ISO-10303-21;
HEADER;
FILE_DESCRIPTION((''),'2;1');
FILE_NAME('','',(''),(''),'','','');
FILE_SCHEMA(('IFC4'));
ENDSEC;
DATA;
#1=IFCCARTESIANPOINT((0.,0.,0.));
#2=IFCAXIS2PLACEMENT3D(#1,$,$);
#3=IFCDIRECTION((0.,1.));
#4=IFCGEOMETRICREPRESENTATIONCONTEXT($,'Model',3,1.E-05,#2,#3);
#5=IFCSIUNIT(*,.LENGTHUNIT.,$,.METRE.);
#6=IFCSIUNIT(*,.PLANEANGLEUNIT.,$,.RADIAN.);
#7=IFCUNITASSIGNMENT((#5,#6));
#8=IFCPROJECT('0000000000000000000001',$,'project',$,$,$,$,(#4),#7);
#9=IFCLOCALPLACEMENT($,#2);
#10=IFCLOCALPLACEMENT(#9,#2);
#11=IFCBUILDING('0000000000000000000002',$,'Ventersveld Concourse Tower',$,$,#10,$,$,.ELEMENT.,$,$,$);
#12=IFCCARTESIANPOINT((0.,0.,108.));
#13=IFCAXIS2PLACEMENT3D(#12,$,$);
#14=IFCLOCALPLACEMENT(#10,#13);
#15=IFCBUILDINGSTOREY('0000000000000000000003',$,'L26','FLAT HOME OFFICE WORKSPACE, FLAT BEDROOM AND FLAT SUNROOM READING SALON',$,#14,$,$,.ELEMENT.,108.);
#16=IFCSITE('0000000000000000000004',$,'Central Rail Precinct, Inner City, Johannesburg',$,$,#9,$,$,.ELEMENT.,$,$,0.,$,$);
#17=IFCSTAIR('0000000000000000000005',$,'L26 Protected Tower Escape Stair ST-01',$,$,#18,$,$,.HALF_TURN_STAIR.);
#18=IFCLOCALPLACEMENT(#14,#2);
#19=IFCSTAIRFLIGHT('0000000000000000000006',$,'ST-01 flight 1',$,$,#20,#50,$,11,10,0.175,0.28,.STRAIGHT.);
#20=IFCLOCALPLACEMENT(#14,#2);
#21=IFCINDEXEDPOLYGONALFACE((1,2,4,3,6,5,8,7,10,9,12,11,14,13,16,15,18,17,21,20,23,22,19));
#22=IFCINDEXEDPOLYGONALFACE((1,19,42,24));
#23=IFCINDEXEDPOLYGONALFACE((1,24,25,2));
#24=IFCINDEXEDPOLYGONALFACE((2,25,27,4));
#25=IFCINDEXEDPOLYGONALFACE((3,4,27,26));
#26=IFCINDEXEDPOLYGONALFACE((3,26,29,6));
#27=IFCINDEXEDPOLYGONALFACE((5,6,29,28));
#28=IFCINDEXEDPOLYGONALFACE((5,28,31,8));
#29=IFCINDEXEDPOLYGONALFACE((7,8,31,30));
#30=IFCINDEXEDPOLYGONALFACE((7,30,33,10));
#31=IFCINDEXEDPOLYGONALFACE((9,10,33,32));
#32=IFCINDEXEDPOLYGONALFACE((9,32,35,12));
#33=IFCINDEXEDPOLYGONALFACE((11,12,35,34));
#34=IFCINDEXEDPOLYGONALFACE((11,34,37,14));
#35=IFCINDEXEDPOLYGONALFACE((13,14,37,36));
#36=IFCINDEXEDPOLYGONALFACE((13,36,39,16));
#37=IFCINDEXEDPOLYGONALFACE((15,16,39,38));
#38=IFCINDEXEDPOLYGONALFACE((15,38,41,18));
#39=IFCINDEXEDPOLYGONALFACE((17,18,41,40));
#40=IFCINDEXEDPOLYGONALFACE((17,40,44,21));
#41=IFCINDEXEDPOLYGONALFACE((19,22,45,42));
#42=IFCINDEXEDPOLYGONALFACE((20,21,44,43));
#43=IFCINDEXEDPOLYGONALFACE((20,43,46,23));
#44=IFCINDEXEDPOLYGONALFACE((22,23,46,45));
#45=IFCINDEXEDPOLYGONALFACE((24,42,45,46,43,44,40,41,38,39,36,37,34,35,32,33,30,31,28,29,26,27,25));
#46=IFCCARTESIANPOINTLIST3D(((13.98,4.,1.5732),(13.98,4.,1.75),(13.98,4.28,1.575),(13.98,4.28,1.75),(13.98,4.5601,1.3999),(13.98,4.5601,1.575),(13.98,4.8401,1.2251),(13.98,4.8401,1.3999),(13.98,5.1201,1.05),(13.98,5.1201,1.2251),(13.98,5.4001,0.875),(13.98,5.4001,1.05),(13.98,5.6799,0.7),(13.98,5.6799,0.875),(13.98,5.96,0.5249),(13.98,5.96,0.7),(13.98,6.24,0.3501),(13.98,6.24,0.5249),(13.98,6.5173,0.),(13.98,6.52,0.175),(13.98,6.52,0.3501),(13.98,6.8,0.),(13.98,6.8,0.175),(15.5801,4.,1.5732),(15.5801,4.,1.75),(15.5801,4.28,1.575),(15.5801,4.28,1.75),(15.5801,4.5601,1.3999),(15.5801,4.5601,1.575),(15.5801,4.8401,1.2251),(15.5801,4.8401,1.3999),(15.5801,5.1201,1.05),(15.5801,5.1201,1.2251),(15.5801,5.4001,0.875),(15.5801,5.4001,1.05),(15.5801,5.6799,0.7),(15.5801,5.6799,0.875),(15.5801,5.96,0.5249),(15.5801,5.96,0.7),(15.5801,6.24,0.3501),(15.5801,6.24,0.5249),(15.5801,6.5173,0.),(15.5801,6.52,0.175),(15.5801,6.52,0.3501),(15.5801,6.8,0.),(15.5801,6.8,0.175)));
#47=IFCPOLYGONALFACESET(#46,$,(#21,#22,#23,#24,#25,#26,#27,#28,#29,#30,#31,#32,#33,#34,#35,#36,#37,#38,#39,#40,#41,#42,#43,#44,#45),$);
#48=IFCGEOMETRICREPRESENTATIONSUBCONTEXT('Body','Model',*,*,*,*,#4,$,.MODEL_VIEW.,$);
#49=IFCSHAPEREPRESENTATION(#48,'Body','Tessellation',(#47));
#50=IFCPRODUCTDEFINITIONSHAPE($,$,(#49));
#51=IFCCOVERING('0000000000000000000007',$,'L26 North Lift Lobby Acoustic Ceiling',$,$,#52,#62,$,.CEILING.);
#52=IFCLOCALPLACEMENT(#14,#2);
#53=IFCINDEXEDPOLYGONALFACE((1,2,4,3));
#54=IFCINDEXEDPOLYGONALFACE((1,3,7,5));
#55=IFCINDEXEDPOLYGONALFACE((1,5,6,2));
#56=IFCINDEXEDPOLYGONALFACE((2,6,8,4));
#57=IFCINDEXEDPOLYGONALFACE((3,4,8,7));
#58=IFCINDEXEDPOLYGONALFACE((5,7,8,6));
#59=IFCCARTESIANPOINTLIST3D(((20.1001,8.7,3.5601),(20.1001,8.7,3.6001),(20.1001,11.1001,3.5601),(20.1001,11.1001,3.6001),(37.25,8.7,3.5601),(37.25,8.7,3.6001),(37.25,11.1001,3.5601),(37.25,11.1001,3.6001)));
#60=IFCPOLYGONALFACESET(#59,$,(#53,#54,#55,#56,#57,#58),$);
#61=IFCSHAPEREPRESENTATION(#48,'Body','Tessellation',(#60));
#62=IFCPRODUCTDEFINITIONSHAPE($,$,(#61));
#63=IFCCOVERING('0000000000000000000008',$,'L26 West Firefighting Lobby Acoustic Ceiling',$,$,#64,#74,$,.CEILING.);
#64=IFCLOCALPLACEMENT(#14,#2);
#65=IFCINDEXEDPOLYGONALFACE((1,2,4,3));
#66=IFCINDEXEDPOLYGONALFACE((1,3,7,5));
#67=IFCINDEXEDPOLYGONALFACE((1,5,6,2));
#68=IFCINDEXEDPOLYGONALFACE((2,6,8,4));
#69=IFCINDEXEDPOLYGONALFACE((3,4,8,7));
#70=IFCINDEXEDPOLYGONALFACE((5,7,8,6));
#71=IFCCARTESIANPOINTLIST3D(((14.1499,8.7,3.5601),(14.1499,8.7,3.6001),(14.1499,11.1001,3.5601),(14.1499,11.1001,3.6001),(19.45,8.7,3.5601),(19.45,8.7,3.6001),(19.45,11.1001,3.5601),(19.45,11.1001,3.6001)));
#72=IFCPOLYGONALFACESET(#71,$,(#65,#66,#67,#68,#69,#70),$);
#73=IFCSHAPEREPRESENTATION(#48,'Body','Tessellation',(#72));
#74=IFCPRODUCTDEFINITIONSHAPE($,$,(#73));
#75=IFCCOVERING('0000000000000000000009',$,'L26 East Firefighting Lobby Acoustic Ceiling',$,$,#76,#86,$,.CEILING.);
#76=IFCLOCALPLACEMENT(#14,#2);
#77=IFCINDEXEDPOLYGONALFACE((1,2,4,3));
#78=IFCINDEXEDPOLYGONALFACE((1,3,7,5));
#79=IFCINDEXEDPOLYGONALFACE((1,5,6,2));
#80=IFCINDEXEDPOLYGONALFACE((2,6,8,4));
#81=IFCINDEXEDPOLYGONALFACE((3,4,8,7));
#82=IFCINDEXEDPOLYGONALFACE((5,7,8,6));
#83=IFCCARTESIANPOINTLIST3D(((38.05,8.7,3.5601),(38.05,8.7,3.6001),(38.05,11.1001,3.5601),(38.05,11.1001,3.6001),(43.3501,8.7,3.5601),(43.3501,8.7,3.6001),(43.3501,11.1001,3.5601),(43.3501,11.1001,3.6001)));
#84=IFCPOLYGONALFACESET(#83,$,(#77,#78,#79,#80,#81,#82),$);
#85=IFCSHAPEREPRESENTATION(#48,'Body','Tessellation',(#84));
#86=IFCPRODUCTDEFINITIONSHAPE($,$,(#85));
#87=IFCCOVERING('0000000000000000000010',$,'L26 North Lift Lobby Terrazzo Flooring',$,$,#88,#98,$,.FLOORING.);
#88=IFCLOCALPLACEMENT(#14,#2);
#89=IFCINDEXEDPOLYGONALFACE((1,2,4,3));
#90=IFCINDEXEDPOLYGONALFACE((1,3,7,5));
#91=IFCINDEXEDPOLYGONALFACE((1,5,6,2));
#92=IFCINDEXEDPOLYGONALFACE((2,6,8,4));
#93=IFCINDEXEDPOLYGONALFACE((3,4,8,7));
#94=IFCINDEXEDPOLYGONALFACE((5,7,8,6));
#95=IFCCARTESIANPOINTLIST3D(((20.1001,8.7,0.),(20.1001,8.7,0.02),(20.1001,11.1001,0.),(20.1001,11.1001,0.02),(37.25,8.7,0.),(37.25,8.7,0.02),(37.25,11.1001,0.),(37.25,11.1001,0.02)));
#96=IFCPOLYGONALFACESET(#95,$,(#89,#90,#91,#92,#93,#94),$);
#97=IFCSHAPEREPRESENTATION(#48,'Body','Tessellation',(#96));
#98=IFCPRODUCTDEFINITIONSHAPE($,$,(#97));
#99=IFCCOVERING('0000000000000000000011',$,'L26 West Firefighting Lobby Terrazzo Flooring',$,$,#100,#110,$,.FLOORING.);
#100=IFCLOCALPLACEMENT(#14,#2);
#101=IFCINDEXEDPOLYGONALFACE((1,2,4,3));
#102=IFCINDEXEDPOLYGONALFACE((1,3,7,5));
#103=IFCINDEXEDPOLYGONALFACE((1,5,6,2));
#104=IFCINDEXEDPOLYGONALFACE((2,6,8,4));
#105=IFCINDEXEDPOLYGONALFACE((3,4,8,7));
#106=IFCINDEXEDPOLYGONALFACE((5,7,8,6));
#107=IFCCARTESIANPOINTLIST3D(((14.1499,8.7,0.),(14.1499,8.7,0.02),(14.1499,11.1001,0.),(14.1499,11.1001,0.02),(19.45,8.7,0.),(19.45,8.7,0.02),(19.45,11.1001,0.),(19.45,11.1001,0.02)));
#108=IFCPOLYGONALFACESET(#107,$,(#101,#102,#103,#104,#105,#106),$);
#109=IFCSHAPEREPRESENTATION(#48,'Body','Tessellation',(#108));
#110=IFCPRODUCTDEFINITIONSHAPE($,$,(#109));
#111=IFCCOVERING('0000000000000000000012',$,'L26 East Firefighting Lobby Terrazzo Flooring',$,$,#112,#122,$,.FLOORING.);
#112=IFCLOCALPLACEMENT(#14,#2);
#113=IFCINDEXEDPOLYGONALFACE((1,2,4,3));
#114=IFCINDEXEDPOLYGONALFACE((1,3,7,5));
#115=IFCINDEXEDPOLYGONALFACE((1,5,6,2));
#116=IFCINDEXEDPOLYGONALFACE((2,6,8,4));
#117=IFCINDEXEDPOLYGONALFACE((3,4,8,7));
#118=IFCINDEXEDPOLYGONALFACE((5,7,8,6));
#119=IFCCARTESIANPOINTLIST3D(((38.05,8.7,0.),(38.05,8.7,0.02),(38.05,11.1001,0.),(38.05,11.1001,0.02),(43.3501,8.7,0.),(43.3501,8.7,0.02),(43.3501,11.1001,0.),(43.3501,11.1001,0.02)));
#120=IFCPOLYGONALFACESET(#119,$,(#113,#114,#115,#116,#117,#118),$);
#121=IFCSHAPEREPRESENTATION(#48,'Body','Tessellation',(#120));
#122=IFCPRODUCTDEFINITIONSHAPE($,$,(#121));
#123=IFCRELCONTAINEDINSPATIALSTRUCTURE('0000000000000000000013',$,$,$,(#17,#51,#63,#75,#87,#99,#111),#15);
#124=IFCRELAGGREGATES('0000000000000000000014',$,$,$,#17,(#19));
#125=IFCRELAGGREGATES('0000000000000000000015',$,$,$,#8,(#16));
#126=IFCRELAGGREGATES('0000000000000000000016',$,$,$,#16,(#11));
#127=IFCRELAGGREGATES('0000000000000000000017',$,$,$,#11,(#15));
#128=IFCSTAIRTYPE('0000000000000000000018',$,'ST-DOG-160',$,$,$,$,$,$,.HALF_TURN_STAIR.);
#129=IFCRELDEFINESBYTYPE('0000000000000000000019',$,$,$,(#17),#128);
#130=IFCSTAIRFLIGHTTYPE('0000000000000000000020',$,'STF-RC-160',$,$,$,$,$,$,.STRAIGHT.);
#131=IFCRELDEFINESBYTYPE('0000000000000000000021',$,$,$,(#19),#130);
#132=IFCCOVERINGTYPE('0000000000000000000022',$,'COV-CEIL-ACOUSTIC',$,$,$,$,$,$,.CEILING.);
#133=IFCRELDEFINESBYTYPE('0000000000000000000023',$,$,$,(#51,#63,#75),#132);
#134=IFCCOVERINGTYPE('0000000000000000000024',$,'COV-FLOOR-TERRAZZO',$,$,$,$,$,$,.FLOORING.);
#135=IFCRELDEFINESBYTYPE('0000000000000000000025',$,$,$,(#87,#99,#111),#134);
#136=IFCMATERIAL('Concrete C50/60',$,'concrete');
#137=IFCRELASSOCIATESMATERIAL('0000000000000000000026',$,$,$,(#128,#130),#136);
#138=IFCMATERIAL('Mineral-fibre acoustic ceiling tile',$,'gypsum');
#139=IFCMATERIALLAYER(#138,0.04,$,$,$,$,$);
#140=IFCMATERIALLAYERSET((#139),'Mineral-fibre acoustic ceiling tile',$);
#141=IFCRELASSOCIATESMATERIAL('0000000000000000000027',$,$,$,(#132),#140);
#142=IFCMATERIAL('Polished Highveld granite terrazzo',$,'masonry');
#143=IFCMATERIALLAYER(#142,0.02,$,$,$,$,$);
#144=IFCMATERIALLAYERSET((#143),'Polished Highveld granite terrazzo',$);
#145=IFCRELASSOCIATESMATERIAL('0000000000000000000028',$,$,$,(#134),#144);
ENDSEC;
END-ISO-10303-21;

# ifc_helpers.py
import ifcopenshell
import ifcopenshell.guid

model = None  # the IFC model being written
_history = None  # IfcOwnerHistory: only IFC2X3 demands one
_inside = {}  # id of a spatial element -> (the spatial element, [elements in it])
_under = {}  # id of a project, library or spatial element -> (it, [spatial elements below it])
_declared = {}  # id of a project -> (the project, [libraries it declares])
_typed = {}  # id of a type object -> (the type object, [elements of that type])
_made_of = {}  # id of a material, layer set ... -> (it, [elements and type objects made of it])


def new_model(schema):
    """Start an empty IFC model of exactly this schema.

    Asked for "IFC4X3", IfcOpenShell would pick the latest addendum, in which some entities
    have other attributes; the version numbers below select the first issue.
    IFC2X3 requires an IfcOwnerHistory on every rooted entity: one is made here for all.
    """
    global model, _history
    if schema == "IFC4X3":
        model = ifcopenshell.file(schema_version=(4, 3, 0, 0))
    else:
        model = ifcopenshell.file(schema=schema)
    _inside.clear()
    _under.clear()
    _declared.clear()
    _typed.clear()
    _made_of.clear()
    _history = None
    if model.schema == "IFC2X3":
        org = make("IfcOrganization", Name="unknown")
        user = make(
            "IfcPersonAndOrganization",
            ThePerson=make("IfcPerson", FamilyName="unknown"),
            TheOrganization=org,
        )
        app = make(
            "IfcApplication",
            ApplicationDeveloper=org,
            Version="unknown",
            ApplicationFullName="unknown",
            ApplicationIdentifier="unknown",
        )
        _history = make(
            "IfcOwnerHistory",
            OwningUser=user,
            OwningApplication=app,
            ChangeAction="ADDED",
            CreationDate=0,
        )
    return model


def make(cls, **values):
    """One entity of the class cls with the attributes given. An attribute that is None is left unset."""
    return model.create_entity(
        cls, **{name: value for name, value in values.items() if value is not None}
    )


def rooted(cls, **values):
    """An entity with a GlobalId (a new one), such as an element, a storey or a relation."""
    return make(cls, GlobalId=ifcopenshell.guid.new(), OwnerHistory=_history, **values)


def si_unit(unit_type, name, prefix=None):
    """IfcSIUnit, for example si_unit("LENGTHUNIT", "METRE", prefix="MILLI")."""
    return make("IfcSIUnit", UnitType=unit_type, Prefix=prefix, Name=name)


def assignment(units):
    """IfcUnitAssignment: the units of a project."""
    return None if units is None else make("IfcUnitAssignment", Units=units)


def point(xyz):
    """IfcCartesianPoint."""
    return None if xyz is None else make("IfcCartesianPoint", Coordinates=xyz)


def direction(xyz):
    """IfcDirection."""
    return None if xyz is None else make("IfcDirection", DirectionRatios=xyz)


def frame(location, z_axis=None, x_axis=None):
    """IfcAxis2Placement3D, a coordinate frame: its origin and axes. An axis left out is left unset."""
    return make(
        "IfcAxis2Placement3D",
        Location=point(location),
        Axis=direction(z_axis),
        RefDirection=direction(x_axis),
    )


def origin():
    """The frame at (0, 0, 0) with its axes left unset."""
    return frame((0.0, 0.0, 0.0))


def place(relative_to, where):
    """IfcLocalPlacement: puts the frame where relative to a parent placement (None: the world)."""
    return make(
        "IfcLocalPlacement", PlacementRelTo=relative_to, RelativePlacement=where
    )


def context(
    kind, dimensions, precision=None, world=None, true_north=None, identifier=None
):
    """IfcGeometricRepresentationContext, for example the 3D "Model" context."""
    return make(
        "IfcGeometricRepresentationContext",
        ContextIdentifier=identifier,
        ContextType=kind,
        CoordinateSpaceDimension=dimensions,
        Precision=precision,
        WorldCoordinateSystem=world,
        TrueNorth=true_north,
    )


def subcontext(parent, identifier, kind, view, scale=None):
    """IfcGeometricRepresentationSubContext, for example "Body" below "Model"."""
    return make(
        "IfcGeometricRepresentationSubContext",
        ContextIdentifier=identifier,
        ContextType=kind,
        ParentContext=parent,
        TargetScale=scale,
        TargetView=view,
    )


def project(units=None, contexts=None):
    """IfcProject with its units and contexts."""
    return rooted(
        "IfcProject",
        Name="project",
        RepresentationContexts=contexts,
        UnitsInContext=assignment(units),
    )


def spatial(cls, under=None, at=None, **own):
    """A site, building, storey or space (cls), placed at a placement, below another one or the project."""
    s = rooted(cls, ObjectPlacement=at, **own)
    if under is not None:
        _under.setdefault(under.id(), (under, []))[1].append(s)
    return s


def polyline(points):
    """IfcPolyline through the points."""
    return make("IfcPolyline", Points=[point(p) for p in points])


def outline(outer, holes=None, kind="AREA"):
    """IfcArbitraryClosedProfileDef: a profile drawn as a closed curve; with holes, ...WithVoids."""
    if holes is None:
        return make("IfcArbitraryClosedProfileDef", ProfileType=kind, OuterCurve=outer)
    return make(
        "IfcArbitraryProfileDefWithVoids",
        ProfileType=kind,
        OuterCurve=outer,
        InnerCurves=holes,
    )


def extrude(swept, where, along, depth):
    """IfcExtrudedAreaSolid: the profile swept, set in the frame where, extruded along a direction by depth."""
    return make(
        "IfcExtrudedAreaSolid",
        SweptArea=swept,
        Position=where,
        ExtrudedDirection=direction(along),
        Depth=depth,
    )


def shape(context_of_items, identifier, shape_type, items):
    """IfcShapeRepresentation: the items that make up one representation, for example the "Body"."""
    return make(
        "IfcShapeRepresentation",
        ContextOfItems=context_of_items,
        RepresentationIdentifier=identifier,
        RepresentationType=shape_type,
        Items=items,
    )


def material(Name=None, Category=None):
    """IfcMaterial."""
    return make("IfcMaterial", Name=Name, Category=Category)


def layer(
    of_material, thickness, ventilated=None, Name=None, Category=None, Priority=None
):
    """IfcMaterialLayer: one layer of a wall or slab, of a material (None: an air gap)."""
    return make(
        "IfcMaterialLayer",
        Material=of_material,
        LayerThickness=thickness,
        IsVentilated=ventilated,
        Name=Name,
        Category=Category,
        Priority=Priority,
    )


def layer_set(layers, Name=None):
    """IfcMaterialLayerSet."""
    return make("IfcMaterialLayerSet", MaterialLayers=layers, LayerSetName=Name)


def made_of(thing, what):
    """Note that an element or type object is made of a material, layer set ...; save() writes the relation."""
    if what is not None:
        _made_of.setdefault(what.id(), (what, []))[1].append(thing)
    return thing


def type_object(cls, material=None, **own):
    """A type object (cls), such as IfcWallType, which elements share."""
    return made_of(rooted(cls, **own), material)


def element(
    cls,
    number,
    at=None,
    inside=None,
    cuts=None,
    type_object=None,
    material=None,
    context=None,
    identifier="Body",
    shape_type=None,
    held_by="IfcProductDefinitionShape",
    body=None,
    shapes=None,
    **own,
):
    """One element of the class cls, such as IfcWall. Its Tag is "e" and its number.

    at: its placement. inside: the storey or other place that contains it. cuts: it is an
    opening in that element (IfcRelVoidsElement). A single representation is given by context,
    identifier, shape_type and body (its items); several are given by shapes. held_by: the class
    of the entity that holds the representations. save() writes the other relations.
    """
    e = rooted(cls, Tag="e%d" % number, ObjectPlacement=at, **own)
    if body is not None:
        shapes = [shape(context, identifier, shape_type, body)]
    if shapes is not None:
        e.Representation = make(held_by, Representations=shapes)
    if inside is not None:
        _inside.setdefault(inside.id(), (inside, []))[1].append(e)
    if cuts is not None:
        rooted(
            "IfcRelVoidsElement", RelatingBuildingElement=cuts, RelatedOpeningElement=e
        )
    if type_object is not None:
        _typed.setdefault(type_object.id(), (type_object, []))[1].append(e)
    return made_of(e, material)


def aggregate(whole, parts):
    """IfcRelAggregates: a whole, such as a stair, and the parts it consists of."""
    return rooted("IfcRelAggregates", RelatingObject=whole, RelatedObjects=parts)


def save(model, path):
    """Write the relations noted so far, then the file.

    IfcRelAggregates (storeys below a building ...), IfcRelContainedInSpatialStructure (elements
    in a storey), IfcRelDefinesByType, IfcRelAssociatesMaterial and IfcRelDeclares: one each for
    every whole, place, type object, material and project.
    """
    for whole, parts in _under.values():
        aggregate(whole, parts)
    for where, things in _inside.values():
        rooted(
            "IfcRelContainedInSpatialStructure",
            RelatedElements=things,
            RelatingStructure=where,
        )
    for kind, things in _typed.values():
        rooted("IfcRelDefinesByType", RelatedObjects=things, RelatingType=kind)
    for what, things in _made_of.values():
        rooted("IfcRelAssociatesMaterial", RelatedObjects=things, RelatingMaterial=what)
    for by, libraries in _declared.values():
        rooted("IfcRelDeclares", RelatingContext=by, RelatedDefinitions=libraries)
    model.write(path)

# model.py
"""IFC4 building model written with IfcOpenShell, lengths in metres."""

from ifc_helpers import new_model, si_unit, direction, frame, origin, place, context, subcontext, project, spatial, polyline, outline, extrude, material, layer, layer_set, type_object, element, aggregate, save


model = new_model("IFC4")

# Units and contexts
model_context = context("Model", 3, precision=1e-05, world=origin(), true_north=direction((0.0, 1.0)))
body_context = subcontext(model_context, "Body", "Model", "MODEL_VIEW")
ifc_project = project(units=[si_unit("LENGTHUNIT", "METRE"), si_unit("PLANEANGLEUNIT", "RADIAN")], contexts=[model_context])

# Site, building, storey
site_placement = place(None, origin())
site = spatial("IfcSite", under=ifc_project, at=site_placement, Name="Central Rail Precinct, Inner City, Johannesburg", CompositionType="ELEMENT", RefElevation=0.0)
building_placement = place(site_placement, origin())
building = spatial("IfcBuilding", under=site, at=building_placement, Name="Ventersveld Concourse Tower", CompositionType="ELEMENT")
storey_placement = place(building_placement, frame((0.0, 0.0, 108.0)))
storey = spatial("IfcBuildingStorey", under=building, at=storey_placement, Name="L26", Description="FLAT HOME OFFICE WORKSPACE, FLAT BEDROOM AND FLAT SUNROOM READING SALON", CompositionType="ELEMENT", Elevation=108.0)

# Shared definitions
ifc_material_1 = material(Name="Concrete C50/60", Category="concrete")

# Stair
stair_type_1 = type_object("IfcStairType", Name="ST-DOG-160", PredefinedType="HALF_TURN_STAIR", material=ifc_material_1)
stair_1_placement = place(storey_placement, origin())
stair_1 = element("IfcStair", 1, at=stair_1_placement, inside=storey, type_object=stair_type_1, Name="L26 Protected Tower Escape Stair ST-01", PredefinedType="HALF_TURN_STAIR")

# Stair flight
stair_flight_type = type_object("IfcStairFlightType", Name="STF-RC-160", PredefinedType="STRAIGHT", material=ifc_material_1)
stair_flight_placement = place(storey_placement, frame((14.78, 6.8, 0.0), z_axis=(0.0, 0.0, 1.0), x_axis=(0.0, -1.0, 0.0)))
stair_flight = element("IfcStairFlight", 2, at=stair_flight_placement, type_object=stair_flight_type, Name="ST-01 flight 1", NumberOfRisers=11, NumberOfTreads=10, PredefinedType="STRAIGHT", RiserHeight=0.175, TreadLength=0.28, context=body_context, shape_type="SweptSolid", body=[
    extrude(outline(polyline([(0.0, 0.0), (0.0, 0.175), (0.28, 0.175), (0.28, 0.3501), (0.5601, 0.3501), (0.5601, 0.5249), (0.8401, 0.5249), (0.8401, 0.7), (1.1201, 0.7), (1.1201, 0.875), (1.3999, 0.875), (1.3999, 1.05), (1.6799, 1.05), (1.6799, 1.2251), (1.96, 1.2251), (1.96, 1.3999), (2.24, 1.3999), (2.24, 1.575), (2.52, 1.575), (2.52, 1.75), (2.8, 1.75), (2.8, 1.925), (2.8, 1.5732), (0.2827, 0.0), (0.0, 0.0)])), frame((0.0, 0.8, 0.0), z_axis=(0.0, -1.0, 0.0), x_axis=(1.0, 0.0, 0.0)), (0.0, 0.0, 1.0), 1.6001),
])
aggregate(stair_1, [stair_flight])

# Coverings
ifc_material_2 = material(Name="Mineral-fibre acoustic ceiling tile", Category="gypsum")
ifc_layer_1 = layer(ifc_material_2, 0.04)
ifc_layer_set_1 = layer_set([ifc_layer_1], Name="Mineral-fibre acoustic ceiling tile")
covering_type_1 = type_object("IfcCoveringType", Name="COV-CEIL-ACOUSTIC", PredefinedType="CEILING", material=ifc_layer_set_1)
covering_1_placement = place(storey_placement, frame((0.0, 0.0, 3.5601)))
element("IfcCovering", 3, at=covering_1_placement, inside=storey, type_object=covering_type_1, Name="L26 North Lift Lobby Acoustic Ceiling", PredefinedType="CEILING", context=body_context, shape_type="SweptSolid", body=[
    extrude(outline(polyline([(20.1001, 8.7), (37.25, 8.7), (37.25, 11.1001), (20.1001, 11.1001), (20.1001, 8.7)])), origin(), (0.0, 0.0, 1.0), 0.04),
])
covering_2_placement = place(storey_placement, frame((0.0, 0.0, 3.5601)))
element("IfcCovering", 4, at=covering_2_placement, inside=storey, type_object=covering_type_1, Name="L26 West Firefighting Lobby Acoustic Ceiling", PredefinedType="CEILING", context=body_context, shape_type="SweptSolid", body=[
    extrude(outline(polyline([(14.1499, 8.7), (19.45, 8.7), (19.45, 11.1001), (14.1499, 11.1001), (14.1499, 8.7)])), origin(), (0.0, 0.0, 1.0), 0.04),
])
covering_3_placement = place(storey_placement, frame((0.0, 0.0, 3.5601)))
element("IfcCovering", 5, at=covering_3_placement, inside=storey, type_object=covering_type_1, Name="L26 East Firefighting Lobby Acoustic Ceiling", PredefinedType="CEILING", context=body_context, shape_type="SweptSolid", body=[
    extrude(outline(polyline([(38.05, 8.7), (43.3501, 8.7), (43.3501, 11.1001), (38.05, 11.1001), (38.05, 8.7)])), origin(), (0.0, 0.0, 1.0), 0.04),
])
ifc_material_3 = material(Name="Polished Highveld granite terrazzo", Category="masonry")
ifc_layer_2 = layer(ifc_material_3, 0.02)
ifc_layer_set_2 = layer_set([ifc_layer_2], Name="Polished Highveld granite terrazzo")
covering_type_2 = type_object("IfcCoveringType", Name="COV-FLOOR-TERRAZZO", PredefinedType="FLOORING", material=ifc_layer_set_2)
covering_4_placement = place(storey_placement, origin())
element("IfcCovering", 6, at=covering_4_placement, inside=storey, type_object=covering_type_2, Name="L26 North Lift Lobby Terrazzo Flooring", PredefinedType="FLOORING", context=body_context, shape_type="SweptSolid", body=[
    extrude(outline(polyline([(20.1001, 8.7), (37.25, 8.7), (37.25, 11.1001), (20.1001, 11.1001), (20.1001, 8.7)])), origin(), (0.0, 0.0, 1.0), 0.02),
])
covering_5_placement = place(storey_placement, origin())
element("IfcCovering", 7, at=covering_5_placement, inside=storey, type_object=covering_type_2, Name="L26 West Firefighting Lobby Terrazzo Flooring", PredefinedType="FLOORING", context=body_context, shape_type="SweptSolid", body=[
    extrude(outline(polyline([(14.1499, 8.7), (19.45, 8.7), (19.45, 11.1001), (14.1499, 11.1001), (14.1499, 8.7)])), origin(), (0.0, 0.0, 1.0), 0.02),
])
covering_6_placement = place(storey_placement, origin())
element("IfcCovering", 8, at=covering_6_placement, inside=storey, type_object=covering_type_2, Name="L26 East Firefighting Lobby Terrazzo Flooring", PredefinedType="FLOORING", context=body_context, shape_type="SweptSolid", body=[
    extrude(outline(polyline([(38.05, 8.7), (43.3501, 8.7), (43.3501, 11.1001), (38.05, 11.1001), (38.05, 8.7)])), origin(), (0.0, 0.0, 1.0), 0.02),
])

save(model, "model.ifc")
